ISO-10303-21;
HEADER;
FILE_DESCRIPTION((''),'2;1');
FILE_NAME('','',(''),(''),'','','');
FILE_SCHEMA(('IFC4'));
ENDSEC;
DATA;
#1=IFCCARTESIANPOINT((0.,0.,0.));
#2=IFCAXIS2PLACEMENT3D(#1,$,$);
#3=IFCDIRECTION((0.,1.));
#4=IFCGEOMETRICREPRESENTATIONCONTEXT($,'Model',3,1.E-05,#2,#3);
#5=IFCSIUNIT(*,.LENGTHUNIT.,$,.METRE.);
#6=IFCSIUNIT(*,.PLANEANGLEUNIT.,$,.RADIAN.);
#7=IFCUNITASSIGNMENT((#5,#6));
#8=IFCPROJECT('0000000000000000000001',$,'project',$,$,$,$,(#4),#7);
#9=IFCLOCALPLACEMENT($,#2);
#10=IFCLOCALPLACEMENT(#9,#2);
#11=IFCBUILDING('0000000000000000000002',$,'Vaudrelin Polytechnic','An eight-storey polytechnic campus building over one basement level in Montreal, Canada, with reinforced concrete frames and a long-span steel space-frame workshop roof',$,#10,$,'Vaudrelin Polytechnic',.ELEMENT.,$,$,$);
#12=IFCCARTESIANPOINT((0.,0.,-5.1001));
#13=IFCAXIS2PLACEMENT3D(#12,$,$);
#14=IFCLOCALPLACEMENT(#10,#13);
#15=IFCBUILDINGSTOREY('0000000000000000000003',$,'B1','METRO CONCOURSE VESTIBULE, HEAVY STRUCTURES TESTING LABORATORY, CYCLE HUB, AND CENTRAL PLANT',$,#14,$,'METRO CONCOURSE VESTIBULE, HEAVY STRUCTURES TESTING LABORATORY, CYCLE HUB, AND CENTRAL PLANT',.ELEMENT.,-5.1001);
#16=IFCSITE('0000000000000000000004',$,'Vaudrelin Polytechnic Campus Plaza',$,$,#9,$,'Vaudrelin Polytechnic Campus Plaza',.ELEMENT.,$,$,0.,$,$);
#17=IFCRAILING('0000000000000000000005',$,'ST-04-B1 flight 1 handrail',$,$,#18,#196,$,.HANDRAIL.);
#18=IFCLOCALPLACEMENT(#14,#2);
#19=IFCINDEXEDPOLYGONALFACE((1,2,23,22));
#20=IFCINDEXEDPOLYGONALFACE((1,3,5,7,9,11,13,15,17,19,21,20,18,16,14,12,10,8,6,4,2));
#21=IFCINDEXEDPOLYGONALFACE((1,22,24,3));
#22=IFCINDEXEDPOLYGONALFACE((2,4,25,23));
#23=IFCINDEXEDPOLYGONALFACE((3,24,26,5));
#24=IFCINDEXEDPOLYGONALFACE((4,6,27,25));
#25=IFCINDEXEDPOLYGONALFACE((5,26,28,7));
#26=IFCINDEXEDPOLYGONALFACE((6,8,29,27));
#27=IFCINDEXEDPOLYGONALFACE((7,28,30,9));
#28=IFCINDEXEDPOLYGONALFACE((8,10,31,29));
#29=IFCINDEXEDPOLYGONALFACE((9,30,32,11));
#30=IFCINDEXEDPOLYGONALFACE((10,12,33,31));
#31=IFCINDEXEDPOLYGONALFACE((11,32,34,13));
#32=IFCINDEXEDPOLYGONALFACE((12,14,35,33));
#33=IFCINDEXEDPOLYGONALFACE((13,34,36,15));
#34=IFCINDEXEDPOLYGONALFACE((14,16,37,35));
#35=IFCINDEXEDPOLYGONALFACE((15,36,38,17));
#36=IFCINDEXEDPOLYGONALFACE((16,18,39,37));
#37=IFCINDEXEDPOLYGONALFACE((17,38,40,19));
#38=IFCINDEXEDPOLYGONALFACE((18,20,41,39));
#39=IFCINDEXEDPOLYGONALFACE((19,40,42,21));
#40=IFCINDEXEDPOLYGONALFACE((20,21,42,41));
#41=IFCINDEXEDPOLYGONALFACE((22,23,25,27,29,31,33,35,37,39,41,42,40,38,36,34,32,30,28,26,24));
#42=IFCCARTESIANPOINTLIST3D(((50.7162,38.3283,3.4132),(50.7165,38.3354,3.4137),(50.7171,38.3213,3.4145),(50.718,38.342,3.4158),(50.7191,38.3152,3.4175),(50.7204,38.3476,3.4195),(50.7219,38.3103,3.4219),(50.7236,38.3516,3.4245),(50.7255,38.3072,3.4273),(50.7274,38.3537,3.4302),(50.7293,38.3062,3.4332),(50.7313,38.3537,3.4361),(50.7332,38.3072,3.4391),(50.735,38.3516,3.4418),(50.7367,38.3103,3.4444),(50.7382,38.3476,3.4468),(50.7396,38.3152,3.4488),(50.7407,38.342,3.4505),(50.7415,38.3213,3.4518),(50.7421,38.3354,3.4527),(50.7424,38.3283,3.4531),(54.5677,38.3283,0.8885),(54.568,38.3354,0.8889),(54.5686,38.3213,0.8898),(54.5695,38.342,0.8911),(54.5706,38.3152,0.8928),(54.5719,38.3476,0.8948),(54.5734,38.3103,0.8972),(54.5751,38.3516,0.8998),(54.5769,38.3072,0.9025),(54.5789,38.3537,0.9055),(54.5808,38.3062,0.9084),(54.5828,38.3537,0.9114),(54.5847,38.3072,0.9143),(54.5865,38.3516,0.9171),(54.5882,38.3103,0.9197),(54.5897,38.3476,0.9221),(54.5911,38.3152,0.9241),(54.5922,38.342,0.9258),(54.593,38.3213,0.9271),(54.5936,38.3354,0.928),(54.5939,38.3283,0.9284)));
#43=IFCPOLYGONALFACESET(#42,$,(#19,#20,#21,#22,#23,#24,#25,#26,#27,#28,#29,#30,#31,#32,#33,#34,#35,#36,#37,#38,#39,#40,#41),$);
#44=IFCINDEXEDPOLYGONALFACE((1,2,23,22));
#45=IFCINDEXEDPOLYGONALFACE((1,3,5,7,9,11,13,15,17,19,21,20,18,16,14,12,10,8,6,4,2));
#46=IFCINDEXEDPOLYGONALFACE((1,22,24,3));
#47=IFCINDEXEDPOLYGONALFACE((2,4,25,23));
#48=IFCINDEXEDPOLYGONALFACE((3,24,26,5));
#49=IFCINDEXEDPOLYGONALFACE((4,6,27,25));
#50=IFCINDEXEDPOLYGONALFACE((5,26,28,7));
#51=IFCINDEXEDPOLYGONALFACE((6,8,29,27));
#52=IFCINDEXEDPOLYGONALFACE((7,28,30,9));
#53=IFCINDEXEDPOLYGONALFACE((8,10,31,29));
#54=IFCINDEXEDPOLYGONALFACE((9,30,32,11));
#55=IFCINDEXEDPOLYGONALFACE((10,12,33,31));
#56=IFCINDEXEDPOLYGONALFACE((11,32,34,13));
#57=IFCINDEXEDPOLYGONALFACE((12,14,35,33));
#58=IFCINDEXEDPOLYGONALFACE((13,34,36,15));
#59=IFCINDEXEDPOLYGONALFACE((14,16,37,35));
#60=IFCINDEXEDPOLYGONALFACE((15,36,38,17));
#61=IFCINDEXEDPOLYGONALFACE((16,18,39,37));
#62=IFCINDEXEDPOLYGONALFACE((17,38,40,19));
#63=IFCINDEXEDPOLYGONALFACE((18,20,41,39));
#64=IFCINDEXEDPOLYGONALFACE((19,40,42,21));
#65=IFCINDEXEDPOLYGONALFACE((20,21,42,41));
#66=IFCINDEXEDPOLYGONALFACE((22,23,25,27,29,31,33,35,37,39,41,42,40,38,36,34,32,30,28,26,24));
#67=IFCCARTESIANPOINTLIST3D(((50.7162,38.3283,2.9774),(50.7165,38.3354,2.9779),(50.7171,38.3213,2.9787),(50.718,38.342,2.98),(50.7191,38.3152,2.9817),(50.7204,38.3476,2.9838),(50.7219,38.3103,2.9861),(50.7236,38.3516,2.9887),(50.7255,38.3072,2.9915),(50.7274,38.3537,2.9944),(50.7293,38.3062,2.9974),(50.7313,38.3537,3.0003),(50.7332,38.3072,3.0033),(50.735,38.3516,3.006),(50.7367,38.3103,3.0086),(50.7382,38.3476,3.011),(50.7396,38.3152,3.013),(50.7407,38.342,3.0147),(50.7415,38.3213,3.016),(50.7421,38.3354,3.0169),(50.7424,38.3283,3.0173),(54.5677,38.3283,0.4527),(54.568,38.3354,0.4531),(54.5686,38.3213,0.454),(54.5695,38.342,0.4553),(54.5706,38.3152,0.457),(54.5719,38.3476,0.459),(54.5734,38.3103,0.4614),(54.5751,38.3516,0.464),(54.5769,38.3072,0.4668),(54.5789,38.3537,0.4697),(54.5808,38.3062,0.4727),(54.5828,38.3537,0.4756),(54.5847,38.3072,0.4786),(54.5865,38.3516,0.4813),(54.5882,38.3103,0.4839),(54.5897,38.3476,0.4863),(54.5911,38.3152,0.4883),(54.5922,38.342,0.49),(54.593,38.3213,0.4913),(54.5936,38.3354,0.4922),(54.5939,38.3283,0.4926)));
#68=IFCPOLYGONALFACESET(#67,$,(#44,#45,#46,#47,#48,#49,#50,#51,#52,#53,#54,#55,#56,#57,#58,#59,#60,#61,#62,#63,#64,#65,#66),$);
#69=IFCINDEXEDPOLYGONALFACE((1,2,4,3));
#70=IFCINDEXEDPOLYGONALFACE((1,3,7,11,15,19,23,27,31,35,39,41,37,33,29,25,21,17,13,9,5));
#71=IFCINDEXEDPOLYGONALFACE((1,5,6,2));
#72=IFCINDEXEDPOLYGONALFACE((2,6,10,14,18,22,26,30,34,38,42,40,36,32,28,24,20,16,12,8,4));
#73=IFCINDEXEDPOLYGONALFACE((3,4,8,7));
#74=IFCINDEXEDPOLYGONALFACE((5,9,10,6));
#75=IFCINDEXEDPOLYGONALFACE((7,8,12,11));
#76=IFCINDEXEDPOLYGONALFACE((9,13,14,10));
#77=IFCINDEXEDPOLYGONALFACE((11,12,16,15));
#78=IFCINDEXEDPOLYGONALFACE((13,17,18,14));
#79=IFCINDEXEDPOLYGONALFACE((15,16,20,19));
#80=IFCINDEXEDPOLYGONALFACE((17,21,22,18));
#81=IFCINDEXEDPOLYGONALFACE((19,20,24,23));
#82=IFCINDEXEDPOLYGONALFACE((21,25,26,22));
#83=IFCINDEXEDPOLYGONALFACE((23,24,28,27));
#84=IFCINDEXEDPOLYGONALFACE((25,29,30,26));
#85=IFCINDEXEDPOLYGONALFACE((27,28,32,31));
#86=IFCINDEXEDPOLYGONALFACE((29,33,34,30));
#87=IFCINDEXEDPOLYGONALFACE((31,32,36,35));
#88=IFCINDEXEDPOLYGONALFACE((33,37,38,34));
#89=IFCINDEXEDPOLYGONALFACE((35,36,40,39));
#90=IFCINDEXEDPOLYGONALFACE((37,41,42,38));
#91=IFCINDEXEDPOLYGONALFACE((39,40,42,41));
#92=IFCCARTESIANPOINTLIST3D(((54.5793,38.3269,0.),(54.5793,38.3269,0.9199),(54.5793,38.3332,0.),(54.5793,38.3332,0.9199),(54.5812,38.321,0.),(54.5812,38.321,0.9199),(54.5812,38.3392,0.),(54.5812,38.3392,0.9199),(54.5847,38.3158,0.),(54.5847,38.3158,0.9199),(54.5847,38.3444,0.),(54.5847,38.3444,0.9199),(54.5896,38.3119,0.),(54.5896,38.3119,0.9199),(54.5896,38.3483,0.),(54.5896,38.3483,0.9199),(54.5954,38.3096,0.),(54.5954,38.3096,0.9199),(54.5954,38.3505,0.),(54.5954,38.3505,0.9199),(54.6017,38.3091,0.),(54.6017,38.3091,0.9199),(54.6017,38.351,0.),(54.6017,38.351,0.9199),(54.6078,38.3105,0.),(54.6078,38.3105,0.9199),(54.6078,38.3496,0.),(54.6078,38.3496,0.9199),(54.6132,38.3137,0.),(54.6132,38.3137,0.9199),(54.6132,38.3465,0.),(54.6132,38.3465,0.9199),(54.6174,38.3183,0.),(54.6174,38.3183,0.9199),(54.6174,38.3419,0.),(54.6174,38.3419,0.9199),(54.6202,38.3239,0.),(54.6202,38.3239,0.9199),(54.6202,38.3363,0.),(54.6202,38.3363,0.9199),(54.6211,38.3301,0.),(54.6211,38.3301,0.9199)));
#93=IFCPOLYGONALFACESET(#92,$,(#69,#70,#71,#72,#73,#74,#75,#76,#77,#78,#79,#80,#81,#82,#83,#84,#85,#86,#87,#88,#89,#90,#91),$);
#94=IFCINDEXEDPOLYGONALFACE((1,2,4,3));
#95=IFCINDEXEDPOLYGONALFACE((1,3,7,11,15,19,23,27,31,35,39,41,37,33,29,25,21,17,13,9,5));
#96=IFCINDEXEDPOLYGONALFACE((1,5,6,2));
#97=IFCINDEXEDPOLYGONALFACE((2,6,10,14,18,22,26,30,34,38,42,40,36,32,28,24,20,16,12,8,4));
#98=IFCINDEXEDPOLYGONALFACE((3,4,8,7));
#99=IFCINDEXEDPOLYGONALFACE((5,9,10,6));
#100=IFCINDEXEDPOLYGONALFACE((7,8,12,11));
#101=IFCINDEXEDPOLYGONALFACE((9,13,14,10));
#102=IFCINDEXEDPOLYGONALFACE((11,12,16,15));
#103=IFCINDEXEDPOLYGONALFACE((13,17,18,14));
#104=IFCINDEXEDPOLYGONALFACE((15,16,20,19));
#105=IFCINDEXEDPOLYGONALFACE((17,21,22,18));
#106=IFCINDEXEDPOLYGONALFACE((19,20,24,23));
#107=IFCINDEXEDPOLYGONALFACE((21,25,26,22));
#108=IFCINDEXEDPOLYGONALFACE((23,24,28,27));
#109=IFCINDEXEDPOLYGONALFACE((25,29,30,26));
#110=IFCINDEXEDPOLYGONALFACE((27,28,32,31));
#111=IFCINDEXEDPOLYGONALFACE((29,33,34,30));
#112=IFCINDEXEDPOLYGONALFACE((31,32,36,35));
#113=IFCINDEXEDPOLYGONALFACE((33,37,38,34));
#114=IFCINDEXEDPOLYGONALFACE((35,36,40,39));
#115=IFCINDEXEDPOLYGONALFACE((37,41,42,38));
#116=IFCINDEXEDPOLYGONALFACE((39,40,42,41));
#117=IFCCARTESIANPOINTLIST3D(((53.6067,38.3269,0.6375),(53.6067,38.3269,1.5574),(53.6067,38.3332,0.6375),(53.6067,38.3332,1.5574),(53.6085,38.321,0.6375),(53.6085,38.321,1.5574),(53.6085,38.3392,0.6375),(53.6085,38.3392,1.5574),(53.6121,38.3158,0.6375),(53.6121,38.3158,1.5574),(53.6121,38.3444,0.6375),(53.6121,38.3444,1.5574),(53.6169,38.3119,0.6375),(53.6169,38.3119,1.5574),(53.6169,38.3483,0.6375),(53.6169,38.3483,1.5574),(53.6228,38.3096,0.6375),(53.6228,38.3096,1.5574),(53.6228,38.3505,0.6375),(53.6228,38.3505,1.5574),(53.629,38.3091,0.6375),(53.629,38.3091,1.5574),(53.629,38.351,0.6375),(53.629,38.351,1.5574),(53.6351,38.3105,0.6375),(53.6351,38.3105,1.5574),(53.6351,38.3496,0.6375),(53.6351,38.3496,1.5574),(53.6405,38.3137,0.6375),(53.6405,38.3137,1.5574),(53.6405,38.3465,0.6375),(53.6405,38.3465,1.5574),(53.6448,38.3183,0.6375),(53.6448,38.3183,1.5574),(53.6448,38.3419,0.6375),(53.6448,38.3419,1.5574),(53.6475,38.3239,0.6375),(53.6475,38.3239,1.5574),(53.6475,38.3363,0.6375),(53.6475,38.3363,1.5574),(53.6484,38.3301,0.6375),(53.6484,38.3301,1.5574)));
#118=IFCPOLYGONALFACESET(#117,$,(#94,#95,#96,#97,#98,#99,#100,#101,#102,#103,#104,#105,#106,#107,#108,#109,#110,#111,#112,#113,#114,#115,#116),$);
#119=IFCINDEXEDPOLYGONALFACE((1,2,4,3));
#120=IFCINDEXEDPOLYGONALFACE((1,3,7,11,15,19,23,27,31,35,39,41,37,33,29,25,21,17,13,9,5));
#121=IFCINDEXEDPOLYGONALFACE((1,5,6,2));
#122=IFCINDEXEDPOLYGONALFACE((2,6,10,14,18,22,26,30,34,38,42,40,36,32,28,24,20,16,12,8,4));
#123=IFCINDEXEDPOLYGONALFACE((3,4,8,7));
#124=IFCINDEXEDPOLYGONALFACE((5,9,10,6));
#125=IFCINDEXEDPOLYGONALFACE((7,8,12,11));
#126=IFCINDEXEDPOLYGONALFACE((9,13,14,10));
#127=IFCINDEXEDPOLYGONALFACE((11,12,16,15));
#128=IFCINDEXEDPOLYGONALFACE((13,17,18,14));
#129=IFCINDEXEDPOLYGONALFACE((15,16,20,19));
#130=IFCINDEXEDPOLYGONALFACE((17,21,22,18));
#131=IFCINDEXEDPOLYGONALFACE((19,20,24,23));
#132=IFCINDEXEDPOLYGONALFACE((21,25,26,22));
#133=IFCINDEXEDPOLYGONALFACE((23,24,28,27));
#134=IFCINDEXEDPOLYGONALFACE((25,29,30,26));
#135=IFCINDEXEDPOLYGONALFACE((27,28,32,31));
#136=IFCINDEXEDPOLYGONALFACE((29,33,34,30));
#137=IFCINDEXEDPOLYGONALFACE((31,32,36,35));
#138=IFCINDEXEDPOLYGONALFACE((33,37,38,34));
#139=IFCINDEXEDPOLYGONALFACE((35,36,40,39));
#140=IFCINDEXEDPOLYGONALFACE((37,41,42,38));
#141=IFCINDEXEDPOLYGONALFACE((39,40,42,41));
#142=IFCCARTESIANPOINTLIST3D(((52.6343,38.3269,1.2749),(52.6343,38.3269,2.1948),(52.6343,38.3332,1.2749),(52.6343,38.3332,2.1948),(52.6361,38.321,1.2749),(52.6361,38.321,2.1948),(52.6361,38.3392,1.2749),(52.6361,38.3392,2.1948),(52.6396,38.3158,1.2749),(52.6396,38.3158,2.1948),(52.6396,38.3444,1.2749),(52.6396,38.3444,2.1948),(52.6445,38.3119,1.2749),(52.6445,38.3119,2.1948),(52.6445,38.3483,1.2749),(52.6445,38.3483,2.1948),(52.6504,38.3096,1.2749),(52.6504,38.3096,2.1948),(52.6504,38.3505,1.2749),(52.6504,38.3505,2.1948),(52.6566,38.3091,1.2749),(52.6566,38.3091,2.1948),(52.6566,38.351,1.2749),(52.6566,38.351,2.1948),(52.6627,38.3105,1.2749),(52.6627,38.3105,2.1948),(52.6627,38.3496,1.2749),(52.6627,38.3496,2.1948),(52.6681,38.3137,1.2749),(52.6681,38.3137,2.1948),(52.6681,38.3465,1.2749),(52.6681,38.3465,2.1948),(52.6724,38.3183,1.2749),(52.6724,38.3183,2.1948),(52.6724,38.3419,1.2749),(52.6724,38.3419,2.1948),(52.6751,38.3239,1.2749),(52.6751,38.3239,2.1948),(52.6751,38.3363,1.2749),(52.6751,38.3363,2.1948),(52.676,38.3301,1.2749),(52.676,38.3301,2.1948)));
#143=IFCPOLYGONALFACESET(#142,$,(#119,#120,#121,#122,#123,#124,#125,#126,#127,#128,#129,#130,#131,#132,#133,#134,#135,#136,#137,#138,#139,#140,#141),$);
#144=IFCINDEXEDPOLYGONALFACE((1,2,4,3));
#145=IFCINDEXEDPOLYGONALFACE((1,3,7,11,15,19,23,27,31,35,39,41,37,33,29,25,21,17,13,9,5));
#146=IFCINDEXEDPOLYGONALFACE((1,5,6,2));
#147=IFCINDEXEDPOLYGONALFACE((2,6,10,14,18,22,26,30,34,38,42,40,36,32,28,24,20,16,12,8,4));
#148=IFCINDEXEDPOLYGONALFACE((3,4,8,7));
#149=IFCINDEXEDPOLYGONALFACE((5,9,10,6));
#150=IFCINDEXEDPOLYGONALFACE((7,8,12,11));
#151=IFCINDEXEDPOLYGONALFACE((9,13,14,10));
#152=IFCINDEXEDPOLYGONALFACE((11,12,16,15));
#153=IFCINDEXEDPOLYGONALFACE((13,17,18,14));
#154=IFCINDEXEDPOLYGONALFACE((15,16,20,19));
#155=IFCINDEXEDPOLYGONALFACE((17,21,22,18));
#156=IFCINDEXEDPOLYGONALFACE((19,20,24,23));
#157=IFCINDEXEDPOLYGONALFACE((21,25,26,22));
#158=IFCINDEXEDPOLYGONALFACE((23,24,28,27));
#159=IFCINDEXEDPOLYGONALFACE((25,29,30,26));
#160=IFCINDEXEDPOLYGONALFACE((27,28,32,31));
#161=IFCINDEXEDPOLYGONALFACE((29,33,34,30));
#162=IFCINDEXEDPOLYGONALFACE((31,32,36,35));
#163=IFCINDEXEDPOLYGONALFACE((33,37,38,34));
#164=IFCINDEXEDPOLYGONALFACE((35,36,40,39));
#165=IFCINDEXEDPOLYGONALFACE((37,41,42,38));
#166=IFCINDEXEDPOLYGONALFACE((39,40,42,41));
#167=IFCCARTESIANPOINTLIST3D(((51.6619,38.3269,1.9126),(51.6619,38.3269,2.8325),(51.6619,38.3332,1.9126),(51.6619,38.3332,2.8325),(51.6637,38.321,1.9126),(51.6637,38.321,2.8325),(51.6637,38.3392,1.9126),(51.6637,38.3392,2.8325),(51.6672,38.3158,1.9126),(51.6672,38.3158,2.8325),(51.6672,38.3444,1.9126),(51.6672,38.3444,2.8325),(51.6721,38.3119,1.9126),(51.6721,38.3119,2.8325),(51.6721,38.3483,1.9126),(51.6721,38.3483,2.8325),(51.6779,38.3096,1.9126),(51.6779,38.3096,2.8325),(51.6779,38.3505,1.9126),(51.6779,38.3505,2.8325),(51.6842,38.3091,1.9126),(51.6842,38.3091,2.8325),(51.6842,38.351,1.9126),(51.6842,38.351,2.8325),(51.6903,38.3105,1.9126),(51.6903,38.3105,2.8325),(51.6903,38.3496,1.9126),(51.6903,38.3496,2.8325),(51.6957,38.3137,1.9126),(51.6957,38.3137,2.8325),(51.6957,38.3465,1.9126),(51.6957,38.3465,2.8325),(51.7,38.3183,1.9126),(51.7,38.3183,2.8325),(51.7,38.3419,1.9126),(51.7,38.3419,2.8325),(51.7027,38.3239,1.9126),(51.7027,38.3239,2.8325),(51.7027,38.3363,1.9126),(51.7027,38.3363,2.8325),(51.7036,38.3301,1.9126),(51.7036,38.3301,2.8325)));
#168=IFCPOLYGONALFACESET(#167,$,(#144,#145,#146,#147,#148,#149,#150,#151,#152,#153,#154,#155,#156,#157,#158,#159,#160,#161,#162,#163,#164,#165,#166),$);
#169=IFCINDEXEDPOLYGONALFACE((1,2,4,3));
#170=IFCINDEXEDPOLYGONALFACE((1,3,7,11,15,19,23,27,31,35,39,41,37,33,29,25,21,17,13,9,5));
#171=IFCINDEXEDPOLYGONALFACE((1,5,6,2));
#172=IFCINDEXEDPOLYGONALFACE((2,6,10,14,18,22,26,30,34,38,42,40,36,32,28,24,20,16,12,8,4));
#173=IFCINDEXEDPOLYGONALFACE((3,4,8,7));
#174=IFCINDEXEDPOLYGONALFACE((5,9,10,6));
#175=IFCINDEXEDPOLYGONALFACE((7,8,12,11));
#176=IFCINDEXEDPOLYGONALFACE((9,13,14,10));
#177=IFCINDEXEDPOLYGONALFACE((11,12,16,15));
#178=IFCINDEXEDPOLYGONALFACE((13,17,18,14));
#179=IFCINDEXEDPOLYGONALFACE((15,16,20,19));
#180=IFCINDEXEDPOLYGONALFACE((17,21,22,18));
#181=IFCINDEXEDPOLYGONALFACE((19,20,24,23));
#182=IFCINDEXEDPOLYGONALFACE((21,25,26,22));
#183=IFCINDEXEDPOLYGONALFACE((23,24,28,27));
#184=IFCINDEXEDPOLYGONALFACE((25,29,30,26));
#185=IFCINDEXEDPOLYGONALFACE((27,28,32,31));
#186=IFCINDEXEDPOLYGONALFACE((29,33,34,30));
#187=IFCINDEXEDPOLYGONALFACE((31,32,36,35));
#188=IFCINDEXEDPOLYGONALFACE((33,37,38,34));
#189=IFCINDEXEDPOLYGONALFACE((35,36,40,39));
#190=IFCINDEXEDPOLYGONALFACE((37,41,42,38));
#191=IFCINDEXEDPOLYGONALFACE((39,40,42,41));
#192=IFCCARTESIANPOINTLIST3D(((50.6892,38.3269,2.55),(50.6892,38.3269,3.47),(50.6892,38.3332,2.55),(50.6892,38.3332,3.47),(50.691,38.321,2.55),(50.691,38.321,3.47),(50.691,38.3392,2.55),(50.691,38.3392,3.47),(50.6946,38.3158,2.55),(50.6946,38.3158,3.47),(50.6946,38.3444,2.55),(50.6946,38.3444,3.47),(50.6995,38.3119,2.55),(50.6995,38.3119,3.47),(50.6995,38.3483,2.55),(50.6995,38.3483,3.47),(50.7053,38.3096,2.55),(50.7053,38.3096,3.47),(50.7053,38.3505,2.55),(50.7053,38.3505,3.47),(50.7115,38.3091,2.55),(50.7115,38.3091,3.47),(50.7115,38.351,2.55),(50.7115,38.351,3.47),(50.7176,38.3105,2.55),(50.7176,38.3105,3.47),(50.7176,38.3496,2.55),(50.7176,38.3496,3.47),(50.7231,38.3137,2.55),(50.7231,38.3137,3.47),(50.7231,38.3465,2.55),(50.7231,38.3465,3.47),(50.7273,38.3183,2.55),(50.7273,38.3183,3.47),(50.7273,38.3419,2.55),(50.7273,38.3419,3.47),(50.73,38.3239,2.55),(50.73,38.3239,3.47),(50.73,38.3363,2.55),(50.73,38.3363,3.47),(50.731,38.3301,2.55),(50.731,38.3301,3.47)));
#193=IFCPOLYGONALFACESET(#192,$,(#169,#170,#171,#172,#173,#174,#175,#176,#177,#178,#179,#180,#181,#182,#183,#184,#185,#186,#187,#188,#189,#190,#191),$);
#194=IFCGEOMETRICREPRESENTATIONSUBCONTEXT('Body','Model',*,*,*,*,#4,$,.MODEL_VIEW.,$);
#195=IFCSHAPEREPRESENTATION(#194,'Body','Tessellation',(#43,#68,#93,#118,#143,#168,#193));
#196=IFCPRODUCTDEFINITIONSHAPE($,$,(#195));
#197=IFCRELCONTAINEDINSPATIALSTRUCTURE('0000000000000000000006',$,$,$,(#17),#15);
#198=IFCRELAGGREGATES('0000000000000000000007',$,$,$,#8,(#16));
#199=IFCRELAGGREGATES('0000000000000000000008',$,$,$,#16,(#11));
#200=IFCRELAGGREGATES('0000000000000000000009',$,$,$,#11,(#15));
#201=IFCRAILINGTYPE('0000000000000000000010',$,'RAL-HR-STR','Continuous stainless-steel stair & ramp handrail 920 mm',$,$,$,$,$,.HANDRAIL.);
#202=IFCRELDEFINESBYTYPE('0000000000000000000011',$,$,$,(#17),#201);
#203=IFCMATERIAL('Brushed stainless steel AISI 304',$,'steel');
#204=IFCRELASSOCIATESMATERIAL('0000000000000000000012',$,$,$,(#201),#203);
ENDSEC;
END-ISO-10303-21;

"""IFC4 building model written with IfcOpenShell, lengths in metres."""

from ifc_helpers import new_model, si_unit, direction, frame, origin, origin_2d, place, context, subcontext, project, spatial, circle, extrude, material, type_object, element, save


model = new_model("IFC4")

# Units and contexts
model_context = context("Model", 3, precision=1e-05, world=origin(), true_north=direction((0.0, 1.0)))
body_context = subcontext(model_context, "Body", "Model", "MODEL_VIEW")
ifc_project = project(units=[si_unit("LENGTHUNIT", "METRE"), si_unit("PLANEANGLEUNIT", "RADIAN")], contexts=[model_context])

# Site, building, storey
site_placement = place(None, origin())
site = spatial("IfcSite", under=ifc_project, at=site_placement, Name="Vaudrelin Polytechnic Campus Plaza", LongName="Vaudrelin Polytechnic Campus Plaza", CompositionType="ELEMENT", RefElevation=0.0)
building_placement = place(site_placement, origin())
building = spatial("IfcBuilding", under=site, at=building_placement, Name="Vaudrelin Polytechnic", Description="An eight-storey polytechnic campus building over one basement level in Montreal, Canada, with reinforced concrete frames and a long-span steel space-frame workshop roof", LongName="Vaudrelin Polytechnic", CompositionType="ELEMENT")
storey_placement = place(building_placement, frame((0.0, 0.0, -5.1001)))
storey = spatial("IfcBuildingStorey", under=building, at=storey_placement, Name="B1", Description="METRO CONCOURSE VESTIBULE, HEAVY STRUCTURES TESTING LABORATORY, CYCLE HUB, AND CENTRAL PLANT", LongName="METRO CONCOURSE VESTIBULE, HEAVY STRUCTURES TESTING LABORATORY, CYCLE HUB, AND CENTRAL PLANT", CompositionType="ELEMENT", Elevation=-5.1001)

# Railing
ifc_material_1 = material(Name="Brushed stainless steel AISI 304", Category="steel")
railing_type_1 = type_object("IfcRailingType", Name="RAL-HR-STR", Description="Continuous stainless-steel stair & ramp handrail 920 mm", PredefinedType="HANDRAIL", material=ifc_material_1)
railing_1_placement = place(storey_placement, frame((54.6001, 38.3301, 0.0)))
element("IfcRailing", 1, at=railing_1_placement, inside=storey, type_object=railing_type_1, Name="ST-04-B1 flight 1 handrail", PredefinedType="HANDRAIL", context=body_context, shape_type="SweptSolid", body=[
    extrude(circle(Radius=0.0239, at=origin_2d()), frame((-0.0193, 0.0, 0.9084), z_axis=(-0.836329, 0.0, 0.548228), x_axis=(0.0, -1.0, 0.0)), (0.0, 0.0, 1.0), 4.6052),
    extrude(circle(Radius=0.0239, at=origin_2d()), frame((-0.0193, 0.0, 0.4727), z_axis=(-0.836329, 0.0, 0.548228), x_axis=(0.0, -1.0, 0.0)), (0.0, 0.0, 1.0), 4.6052),
    extrude(circle(Radius=0.021, at=origin_2d()), origin(), (0.0, 0.0, 1.0), 0.9199),
    extrude(circle(Radius=0.021, at=origin_2d()), frame((-0.9727, 0.0, 0.6375)), (0.0, 0.0, 1.0), 0.9199),
    extrude(circle(Radius=0.021, at=origin_2d()), frame((-1.9451, 0.0, 1.2749)), (0.0, 0.0, 1.0), 0.9199),
    extrude(circle(Radius=0.021, at=origin_2d()), frame((-2.9175, 0.0, 1.9126)), (0.0, 0.0, 1.0), 0.9199),
    extrude(circle(Radius=0.021, at=origin_2d()), frame((-3.8901, 0.0, 2.55)), (0.0, 0.0, 1.0), 0.9199),
])

save(model, "model.ifc")
